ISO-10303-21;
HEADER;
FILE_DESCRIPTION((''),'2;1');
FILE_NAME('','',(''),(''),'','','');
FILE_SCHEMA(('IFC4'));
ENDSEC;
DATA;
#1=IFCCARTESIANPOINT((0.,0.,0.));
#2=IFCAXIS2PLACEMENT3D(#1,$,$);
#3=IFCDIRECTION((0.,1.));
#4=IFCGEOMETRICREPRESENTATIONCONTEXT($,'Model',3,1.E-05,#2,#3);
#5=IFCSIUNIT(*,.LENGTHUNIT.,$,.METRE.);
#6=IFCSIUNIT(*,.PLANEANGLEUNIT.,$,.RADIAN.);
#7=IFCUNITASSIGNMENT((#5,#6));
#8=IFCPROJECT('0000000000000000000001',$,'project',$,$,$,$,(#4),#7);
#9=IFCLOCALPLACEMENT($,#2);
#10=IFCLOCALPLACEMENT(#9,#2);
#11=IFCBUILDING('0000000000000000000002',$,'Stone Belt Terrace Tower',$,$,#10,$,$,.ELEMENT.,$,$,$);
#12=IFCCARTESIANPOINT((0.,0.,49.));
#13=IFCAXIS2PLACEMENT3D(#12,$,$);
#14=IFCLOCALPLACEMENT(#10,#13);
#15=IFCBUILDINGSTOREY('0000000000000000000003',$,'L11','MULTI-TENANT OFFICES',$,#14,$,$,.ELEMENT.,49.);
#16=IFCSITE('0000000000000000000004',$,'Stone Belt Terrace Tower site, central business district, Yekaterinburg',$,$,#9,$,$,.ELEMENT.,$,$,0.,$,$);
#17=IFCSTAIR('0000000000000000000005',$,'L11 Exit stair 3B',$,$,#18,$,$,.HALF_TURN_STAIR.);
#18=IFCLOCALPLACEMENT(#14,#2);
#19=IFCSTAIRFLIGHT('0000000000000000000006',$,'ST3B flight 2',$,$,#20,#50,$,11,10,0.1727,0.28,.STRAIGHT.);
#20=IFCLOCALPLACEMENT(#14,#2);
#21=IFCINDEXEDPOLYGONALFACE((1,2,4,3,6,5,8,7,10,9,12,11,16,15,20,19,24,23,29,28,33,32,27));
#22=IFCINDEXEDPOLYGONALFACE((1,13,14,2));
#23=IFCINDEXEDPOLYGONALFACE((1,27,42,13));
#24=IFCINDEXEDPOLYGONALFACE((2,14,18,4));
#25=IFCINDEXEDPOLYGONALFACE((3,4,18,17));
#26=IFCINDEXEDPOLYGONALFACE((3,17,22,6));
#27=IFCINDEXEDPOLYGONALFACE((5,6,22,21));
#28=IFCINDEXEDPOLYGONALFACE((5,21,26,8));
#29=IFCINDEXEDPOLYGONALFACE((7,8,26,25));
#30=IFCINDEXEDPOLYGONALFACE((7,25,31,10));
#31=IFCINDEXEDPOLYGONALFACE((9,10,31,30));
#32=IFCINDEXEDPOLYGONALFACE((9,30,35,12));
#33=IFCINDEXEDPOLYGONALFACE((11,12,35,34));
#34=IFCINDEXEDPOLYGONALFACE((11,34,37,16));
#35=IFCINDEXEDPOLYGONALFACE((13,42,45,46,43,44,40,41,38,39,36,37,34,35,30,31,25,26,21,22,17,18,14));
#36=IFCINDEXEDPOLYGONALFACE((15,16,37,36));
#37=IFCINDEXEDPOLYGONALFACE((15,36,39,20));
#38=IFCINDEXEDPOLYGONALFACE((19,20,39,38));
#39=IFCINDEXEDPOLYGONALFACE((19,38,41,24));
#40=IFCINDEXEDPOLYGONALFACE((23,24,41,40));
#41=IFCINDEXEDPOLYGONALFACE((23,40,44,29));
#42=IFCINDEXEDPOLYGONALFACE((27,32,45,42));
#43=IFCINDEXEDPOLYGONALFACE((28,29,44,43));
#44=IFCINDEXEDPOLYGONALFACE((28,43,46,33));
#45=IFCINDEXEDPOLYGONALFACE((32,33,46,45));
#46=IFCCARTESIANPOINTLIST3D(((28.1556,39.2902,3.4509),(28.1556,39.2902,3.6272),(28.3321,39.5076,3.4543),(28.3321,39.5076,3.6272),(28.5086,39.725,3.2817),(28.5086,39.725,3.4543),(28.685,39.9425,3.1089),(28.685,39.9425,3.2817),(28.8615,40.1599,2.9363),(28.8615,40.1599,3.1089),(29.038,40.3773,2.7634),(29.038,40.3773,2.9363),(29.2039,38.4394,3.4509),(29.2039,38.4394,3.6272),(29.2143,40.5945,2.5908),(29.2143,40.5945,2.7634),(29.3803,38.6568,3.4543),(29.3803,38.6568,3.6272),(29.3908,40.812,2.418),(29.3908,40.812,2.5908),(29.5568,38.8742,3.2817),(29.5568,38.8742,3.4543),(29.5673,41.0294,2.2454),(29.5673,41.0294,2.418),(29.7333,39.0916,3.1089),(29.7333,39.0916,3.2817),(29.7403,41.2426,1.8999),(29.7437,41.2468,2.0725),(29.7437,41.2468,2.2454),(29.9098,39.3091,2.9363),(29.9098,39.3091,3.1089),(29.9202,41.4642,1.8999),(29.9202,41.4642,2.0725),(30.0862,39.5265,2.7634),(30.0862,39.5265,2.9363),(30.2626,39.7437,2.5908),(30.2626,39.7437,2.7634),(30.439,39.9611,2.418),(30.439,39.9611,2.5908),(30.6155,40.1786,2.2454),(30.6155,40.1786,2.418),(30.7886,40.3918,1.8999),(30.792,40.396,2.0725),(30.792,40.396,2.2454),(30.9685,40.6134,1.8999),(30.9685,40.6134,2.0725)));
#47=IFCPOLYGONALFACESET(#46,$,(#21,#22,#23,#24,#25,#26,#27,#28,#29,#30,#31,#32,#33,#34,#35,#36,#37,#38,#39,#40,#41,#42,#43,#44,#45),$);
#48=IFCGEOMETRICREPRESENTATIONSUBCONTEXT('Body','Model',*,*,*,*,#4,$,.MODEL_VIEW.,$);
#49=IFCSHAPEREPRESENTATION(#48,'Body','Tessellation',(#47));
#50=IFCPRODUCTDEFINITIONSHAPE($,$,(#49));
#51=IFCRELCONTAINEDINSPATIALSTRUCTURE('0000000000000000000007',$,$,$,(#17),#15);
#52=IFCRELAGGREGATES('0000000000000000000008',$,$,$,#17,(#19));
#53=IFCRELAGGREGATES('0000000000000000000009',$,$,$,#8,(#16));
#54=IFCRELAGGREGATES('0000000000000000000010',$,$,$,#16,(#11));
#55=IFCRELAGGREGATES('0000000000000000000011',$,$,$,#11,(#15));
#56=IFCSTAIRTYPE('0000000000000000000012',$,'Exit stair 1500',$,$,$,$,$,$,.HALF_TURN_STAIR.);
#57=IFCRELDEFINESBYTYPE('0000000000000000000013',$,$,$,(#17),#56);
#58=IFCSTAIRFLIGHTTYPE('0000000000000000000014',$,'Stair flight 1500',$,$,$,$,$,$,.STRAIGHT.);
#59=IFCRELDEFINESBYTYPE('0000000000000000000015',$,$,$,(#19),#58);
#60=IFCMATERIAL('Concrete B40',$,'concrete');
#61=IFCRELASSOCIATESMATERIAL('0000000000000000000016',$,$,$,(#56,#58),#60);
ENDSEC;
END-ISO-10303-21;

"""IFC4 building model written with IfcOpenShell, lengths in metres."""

from ifc_helpers import new_model, si_unit, direction, frame, origin, place, context, subcontext, project, spatial, polyline, outline, extrude, material, type_object, element, aggregate, save


model = new_model("IFC4")

# Units and contexts
model_context = context("Model", 3, precision=1e-05, world=origin(), true_north=direction((0.0, 1.0)))
body_context = subcontext(model_context, "Body", "Model", "MODEL_VIEW")
ifc_project = project(units=[si_unit("LENGTHUNIT", "METRE"), si_unit("PLANEANGLEUNIT", "RADIAN")], contexts=[model_context])

# Site, building, storey
site_placement = place(None, origin())
site = spatial("IfcSite", under=ifc_project, at=site_placement, Name="Stone Belt Terrace Tower site, central business district, Yekaterinburg", CompositionType="ELEMENT", RefElevation=0.0)
building_placement = place(site_placement, origin())
building = spatial("IfcBuilding", under=site, at=building_placement, Name="Stone Belt Terrace Tower", CompositionType="ELEMENT")
storey_placement = place(building_placement, frame((0.0, 0.0, 49.0)))
storey = spatial("IfcBuildingStorey", under=building, at=storey_placement, Name="L11", Description="MULTI-TENANT OFFICES", CompositionType="ELEMENT", Elevation=49.0)

# Stair, stair flight
ifc_material_1 = material(Name="Concrete B40", Category="concrete")
stair_type = type_object("IfcStairType", Name="Exit stair 1500", PredefinedType="HALF_TURN_STAIR", material=ifc_material_1)
stair_placement = place(storey_placement, origin())
stair = element("IfcStair", 1, at=stair_placement, inside=storey, type_object=stair_type, Name="L11 Exit stair 3B", PredefinedType="HALF_TURN_STAIR")
stair_flight_type = type_object("IfcStairFlightType", Name="Stair flight 1500", PredefinedType="STRAIGHT", material=ifc_material_1)
stair_flight_1_placement = place(storey_placement, frame((30.4443, 41.0388, 1.8999), z_axis=(0.0, 0.0, 1.0), x_axis=(-0.630206, -0.776428, 0.0)))
stair_flight_1 = element("IfcStairFlight", 2, at=stair_flight_1_placement, type_object=stair_flight_type, Name="ST3B flight 2", NumberOfRisers=11, NumberOfTreads=10, PredefinedType="STRAIGHT", RiserHeight=0.1727, TreadLength=0.28, context=body_context, shape_type="SweptSolid", body=[
    extrude(outline(polyline([(0.0, 0.0), (0.0, 0.1726), (0.28, 0.1726), (0.28, 0.3455), (0.5601, 0.3455), (0.5601, 0.5181), (0.8401, 0.5181), (0.8401, 0.6909), (1.1201, 0.6909), (1.1201, 0.8635), (1.3999, 0.8635), (1.3999, 1.0364), (1.6799, 1.0364), (1.6799, 1.209), (1.96, 1.209), (1.96, 1.3818), (2.24, 1.3818), (2.24, 1.5544), (2.52, 1.5544), (2.52, 1.7273), (2.8, 1.7273), (2.8, 1.8999), (2.8, 1.551), (0.2854, 0.0), (0.0, 0.0)])), frame((0.0, 0.675, 0.0), z_axis=(0.0, -1.0, 0.0), x_axis=(1.0, 0.0, 0.0)), (0.0, 0.0, 1.0), 1.3501),
])
aggregate(stair, [stair_flight_1])

save(model, "model.ifc")
